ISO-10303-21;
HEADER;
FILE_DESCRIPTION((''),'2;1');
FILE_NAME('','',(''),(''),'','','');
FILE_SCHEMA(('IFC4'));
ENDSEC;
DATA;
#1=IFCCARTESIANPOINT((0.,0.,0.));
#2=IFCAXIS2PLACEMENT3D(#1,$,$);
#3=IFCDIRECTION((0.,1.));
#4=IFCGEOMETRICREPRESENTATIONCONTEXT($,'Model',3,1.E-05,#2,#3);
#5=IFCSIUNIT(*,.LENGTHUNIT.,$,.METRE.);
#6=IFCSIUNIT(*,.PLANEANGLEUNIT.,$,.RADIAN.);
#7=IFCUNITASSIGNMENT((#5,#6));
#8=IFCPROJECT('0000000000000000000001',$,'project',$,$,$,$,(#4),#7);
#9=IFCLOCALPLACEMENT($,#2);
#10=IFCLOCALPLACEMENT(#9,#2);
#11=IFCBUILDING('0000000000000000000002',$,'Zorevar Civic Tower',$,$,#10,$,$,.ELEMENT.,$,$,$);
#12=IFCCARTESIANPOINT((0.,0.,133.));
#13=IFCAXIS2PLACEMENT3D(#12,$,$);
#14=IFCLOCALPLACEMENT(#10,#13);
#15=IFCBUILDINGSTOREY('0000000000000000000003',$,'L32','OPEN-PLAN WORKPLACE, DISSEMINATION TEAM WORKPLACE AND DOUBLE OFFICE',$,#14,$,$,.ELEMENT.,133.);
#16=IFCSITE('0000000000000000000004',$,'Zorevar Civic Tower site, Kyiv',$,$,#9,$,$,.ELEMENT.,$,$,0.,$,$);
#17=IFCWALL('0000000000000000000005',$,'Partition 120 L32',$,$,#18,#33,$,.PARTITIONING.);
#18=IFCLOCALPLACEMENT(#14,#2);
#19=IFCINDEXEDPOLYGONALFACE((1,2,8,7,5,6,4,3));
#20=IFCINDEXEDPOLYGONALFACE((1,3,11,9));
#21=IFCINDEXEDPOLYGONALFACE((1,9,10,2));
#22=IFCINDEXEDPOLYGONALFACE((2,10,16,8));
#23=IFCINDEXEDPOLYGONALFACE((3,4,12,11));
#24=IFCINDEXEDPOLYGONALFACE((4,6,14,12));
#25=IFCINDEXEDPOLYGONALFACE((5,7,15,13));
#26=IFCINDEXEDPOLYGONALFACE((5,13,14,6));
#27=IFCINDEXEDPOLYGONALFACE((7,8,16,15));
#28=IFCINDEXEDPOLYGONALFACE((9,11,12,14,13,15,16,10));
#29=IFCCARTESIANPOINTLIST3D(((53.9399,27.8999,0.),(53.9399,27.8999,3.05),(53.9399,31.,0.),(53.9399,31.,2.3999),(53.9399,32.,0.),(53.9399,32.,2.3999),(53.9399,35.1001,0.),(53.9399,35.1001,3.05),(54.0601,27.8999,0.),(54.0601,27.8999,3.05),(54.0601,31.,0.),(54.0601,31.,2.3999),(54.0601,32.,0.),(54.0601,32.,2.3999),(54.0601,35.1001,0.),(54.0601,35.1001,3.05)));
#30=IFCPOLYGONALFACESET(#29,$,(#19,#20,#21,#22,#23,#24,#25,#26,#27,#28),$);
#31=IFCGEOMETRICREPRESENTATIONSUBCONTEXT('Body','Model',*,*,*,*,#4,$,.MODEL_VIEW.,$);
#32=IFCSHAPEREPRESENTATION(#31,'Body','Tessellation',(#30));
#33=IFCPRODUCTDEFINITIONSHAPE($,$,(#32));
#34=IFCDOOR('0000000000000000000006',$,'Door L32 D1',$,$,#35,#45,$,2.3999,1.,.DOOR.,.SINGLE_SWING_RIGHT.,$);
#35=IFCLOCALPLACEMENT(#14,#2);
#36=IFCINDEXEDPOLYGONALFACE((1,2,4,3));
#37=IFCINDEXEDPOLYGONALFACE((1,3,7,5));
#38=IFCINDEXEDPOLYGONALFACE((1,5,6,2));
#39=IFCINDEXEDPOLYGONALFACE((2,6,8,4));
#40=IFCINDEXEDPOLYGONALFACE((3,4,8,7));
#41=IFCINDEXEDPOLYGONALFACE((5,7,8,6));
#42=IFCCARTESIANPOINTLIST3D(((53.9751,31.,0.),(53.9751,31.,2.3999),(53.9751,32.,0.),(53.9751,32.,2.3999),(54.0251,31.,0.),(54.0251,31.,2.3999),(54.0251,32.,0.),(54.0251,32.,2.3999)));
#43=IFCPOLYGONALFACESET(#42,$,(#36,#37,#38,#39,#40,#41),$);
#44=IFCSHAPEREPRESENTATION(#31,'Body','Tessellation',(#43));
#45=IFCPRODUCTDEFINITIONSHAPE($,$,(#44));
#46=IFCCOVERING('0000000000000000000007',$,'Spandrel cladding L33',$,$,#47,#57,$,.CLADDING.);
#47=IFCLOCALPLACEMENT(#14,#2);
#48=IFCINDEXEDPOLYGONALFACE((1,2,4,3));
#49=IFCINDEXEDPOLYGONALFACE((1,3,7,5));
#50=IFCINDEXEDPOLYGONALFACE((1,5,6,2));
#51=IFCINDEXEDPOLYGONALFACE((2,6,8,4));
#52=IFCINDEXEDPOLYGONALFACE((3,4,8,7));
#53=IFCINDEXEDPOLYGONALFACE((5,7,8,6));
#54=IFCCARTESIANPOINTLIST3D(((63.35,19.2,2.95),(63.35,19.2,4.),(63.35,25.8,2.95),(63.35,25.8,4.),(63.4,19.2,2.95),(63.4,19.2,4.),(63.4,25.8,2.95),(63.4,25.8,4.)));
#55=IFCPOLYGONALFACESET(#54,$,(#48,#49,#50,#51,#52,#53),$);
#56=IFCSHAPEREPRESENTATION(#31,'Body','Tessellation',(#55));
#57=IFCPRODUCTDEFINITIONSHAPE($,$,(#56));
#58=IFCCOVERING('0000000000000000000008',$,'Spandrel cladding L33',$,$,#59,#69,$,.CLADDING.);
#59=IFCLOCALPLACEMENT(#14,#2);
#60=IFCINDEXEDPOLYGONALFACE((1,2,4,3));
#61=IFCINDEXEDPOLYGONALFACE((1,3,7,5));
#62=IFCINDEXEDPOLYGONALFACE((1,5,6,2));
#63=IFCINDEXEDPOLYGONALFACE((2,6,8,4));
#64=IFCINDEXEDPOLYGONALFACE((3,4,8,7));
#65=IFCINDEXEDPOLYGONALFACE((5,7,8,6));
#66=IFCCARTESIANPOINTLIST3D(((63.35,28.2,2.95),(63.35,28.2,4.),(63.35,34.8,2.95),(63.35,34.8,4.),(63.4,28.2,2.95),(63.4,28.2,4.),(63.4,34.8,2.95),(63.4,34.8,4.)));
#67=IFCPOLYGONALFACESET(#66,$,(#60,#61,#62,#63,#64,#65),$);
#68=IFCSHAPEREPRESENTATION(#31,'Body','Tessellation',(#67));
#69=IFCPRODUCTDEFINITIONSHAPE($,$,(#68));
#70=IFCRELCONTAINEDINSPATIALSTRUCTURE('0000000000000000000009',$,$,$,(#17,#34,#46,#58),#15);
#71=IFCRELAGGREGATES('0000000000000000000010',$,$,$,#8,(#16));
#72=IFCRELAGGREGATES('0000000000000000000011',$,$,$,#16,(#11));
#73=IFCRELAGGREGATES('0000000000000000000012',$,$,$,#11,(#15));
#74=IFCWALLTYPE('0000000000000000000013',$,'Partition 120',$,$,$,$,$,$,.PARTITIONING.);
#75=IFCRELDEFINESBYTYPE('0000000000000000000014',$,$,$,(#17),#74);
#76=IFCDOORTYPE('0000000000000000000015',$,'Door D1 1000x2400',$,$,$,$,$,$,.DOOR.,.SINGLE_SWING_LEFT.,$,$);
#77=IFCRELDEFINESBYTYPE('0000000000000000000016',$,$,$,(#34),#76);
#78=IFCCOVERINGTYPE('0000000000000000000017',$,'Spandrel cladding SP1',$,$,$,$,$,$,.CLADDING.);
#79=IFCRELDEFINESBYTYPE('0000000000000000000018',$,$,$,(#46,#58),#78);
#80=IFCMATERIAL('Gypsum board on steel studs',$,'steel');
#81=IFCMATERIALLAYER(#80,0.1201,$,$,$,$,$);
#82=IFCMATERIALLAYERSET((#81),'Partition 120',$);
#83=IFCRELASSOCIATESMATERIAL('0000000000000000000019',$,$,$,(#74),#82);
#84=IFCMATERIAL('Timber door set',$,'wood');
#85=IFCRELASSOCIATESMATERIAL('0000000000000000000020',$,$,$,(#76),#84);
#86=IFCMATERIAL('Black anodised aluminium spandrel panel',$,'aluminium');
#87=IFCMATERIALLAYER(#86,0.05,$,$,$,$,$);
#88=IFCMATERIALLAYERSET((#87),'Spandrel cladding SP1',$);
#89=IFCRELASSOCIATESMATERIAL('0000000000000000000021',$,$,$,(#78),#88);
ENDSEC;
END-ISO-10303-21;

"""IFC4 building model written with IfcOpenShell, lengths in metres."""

from ifc_helpers import new_model, si_unit, direction, frame, frame_2d, origin, place, context, subcontext, project, spatial, rectangle, extrude, material, layer, layer_set, type_object, element, fill, save


model = new_model("IFC4")

# Units and contexts
model_context = context("Model", 3, precision=1e-05, world=origin(), true_north=direction((0.0, 1.0)))
body_context = subcontext(model_context, "Body", "Model", "MODEL_VIEW")
ifc_project = project(units=[si_unit("LENGTHUNIT", "METRE"), si_unit("PLANEANGLEUNIT", "RADIAN")], contexts=[model_context])

# Site, building, storey
site_placement = place(None, origin())
site = spatial("IfcSite", under=ifc_project, at=site_placement, Name="Zorevar Civic Tower site, Kyiv", CompositionType="ELEMENT", RefElevation=0.0)
building_placement = place(site_placement, origin())
building = spatial("IfcBuilding", under=site, at=building_placement, Name="Zorevar Civic Tower", CompositionType="ELEMENT")
storey_placement = place(building_placement, frame((0.0, 0.0, 133.0)))
storey = spatial("IfcBuildingStorey", under=building, at=storey_placement, Name="L32", Description="OPEN-PLAN WORKPLACE, DISSEMINATION TEAM WORKPLACE AND DOUBLE OFFICE", CompositionType="ELEMENT", Elevation=133.0)

# Shared definitions
ifc_material_1 = material(Name="Gypsum board on steel studs", Category="steel")
ifc_layer_1 = layer(ifc_material_1, 0.1201)
ifc_layer_set_1 = layer_set([ifc_layer_1], Name="Partition 120")
wall_type = type_object("IfcWallType", Name="Partition 120", PredefinedType="PARTITIONING", material=ifc_layer_set_1)

# Wall, opening, door
ifc_material_2 = material(Name="Timber door set", Category="wood")
door_type = type_object("IfcDoorType", Name="Door D1 1000x2400", OperationType="SINGLE_SWING_LEFT", PredefinedType="DOOR", material=ifc_material_2)
wall_1_placement = place(storey_placement, frame((54.0, 27.8999, 0.0), z_axis=(0.0, 0.0, 1.0), x_axis=(0.0, 1.0, 0.0)))
wall_1 = element("IfcWall", 1, at=wall_1_placement, inside=storey, type_object=wall_type, Name="Partition 120 L32", PredefinedType="PARTITIONING", context=body_context, shape_type="SweptSolid", body=[
    extrude(rectangle(XDim=7.2002, YDim=0.1201, at=frame_2d((3.6001, 0.0))), origin(), (0.0, 0.0, 1.0), 3.05),
])
opening_1_placement = place(wall_1_placement, frame((3.1001, 0.0, 0.0)))
opening_1 = element("IfcOpeningElement", 2, at=opening_1_placement, cuts=wall_1, PredefinedType="OPENING", context=body_context, shape_type="SweptSolid", body=[
    extrude(rectangle(XDim=1.0, YDim=2.3999, at=frame_2d((0.5, 1.2))), frame((0.0, 0.0701, 0.0), z_axis=(0.0, -1.0, 0.0), x_axis=(1.0, 0.0, 0.0)), (0.0, 0.0, 1.0), 0.1401),
])
door_1_placement = place(opening_1_placement, origin())
door_1 = element("IfcDoor", 3, at=door_1_placement, inside=storey, type_object=door_type, Name="Door L32 D1", OperationType="SINGLE_SWING_RIGHT", OverallHeight=2.3999, OverallWidth=1.0, PredefinedType="DOOR", context=body_context, shape_type="SweptSolid", body=[
    extrude(rectangle(XDim=1.0, YDim=2.3999, at=frame_2d((0.5, 1.2))), frame((0.0, 0.0249, 0.0), z_axis=(0.0, -1.0, 0.0), x_axis=(1.0, 0.0, 0.0)), (0.0, 0.0, 1.0), 0.05),
])
fill(opening_1, door_1)

# Coverings
ifc_material_3 = material(Name="Black anodised aluminium spandrel panel", Category="aluminium")
ifc_layer_2 = layer(ifc_material_3, 0.05)
ifc_layer_set_2 = layer_set([ifc_layer_2], Name="Spandrel cladding SP1")
covering_type = type_object("IfcCoveringType", Name="Spandrel cladding SP1", PredefinedType="CLADDING", material=ifc_layer_set_2)
for number, where, z_axis, x_axis, name in (
    (4, (63.375, 19.2, 2.95), (0.0, 0.0, 1.0), (0.0, 1.0, 0.0), "Spandrel cladding L33"),
    (5, (63.375, 28.2, 2.95), (0.0, 0.0, 1.0), (0.0, 1.0, 0.0), "Spandrel cladding L33"),
):
    element("IfcCovering", number, at=place(storey_placement, frame(where, z_axis=z_axis, x_axis=x_axis)), inside=storey, type_object=covering_type, Name=name, PredefinedType="CLADDING", context=body_context, shape_type="SweptSolid", body=[
        extrude(rectangle(XDim=6.6001, YDim=0.05, at=frame_2d((3.3, 0.0))), origin(), (0.0, 0.0, 1.0), 1.05),
    ])

save(model, "model.ifc")
